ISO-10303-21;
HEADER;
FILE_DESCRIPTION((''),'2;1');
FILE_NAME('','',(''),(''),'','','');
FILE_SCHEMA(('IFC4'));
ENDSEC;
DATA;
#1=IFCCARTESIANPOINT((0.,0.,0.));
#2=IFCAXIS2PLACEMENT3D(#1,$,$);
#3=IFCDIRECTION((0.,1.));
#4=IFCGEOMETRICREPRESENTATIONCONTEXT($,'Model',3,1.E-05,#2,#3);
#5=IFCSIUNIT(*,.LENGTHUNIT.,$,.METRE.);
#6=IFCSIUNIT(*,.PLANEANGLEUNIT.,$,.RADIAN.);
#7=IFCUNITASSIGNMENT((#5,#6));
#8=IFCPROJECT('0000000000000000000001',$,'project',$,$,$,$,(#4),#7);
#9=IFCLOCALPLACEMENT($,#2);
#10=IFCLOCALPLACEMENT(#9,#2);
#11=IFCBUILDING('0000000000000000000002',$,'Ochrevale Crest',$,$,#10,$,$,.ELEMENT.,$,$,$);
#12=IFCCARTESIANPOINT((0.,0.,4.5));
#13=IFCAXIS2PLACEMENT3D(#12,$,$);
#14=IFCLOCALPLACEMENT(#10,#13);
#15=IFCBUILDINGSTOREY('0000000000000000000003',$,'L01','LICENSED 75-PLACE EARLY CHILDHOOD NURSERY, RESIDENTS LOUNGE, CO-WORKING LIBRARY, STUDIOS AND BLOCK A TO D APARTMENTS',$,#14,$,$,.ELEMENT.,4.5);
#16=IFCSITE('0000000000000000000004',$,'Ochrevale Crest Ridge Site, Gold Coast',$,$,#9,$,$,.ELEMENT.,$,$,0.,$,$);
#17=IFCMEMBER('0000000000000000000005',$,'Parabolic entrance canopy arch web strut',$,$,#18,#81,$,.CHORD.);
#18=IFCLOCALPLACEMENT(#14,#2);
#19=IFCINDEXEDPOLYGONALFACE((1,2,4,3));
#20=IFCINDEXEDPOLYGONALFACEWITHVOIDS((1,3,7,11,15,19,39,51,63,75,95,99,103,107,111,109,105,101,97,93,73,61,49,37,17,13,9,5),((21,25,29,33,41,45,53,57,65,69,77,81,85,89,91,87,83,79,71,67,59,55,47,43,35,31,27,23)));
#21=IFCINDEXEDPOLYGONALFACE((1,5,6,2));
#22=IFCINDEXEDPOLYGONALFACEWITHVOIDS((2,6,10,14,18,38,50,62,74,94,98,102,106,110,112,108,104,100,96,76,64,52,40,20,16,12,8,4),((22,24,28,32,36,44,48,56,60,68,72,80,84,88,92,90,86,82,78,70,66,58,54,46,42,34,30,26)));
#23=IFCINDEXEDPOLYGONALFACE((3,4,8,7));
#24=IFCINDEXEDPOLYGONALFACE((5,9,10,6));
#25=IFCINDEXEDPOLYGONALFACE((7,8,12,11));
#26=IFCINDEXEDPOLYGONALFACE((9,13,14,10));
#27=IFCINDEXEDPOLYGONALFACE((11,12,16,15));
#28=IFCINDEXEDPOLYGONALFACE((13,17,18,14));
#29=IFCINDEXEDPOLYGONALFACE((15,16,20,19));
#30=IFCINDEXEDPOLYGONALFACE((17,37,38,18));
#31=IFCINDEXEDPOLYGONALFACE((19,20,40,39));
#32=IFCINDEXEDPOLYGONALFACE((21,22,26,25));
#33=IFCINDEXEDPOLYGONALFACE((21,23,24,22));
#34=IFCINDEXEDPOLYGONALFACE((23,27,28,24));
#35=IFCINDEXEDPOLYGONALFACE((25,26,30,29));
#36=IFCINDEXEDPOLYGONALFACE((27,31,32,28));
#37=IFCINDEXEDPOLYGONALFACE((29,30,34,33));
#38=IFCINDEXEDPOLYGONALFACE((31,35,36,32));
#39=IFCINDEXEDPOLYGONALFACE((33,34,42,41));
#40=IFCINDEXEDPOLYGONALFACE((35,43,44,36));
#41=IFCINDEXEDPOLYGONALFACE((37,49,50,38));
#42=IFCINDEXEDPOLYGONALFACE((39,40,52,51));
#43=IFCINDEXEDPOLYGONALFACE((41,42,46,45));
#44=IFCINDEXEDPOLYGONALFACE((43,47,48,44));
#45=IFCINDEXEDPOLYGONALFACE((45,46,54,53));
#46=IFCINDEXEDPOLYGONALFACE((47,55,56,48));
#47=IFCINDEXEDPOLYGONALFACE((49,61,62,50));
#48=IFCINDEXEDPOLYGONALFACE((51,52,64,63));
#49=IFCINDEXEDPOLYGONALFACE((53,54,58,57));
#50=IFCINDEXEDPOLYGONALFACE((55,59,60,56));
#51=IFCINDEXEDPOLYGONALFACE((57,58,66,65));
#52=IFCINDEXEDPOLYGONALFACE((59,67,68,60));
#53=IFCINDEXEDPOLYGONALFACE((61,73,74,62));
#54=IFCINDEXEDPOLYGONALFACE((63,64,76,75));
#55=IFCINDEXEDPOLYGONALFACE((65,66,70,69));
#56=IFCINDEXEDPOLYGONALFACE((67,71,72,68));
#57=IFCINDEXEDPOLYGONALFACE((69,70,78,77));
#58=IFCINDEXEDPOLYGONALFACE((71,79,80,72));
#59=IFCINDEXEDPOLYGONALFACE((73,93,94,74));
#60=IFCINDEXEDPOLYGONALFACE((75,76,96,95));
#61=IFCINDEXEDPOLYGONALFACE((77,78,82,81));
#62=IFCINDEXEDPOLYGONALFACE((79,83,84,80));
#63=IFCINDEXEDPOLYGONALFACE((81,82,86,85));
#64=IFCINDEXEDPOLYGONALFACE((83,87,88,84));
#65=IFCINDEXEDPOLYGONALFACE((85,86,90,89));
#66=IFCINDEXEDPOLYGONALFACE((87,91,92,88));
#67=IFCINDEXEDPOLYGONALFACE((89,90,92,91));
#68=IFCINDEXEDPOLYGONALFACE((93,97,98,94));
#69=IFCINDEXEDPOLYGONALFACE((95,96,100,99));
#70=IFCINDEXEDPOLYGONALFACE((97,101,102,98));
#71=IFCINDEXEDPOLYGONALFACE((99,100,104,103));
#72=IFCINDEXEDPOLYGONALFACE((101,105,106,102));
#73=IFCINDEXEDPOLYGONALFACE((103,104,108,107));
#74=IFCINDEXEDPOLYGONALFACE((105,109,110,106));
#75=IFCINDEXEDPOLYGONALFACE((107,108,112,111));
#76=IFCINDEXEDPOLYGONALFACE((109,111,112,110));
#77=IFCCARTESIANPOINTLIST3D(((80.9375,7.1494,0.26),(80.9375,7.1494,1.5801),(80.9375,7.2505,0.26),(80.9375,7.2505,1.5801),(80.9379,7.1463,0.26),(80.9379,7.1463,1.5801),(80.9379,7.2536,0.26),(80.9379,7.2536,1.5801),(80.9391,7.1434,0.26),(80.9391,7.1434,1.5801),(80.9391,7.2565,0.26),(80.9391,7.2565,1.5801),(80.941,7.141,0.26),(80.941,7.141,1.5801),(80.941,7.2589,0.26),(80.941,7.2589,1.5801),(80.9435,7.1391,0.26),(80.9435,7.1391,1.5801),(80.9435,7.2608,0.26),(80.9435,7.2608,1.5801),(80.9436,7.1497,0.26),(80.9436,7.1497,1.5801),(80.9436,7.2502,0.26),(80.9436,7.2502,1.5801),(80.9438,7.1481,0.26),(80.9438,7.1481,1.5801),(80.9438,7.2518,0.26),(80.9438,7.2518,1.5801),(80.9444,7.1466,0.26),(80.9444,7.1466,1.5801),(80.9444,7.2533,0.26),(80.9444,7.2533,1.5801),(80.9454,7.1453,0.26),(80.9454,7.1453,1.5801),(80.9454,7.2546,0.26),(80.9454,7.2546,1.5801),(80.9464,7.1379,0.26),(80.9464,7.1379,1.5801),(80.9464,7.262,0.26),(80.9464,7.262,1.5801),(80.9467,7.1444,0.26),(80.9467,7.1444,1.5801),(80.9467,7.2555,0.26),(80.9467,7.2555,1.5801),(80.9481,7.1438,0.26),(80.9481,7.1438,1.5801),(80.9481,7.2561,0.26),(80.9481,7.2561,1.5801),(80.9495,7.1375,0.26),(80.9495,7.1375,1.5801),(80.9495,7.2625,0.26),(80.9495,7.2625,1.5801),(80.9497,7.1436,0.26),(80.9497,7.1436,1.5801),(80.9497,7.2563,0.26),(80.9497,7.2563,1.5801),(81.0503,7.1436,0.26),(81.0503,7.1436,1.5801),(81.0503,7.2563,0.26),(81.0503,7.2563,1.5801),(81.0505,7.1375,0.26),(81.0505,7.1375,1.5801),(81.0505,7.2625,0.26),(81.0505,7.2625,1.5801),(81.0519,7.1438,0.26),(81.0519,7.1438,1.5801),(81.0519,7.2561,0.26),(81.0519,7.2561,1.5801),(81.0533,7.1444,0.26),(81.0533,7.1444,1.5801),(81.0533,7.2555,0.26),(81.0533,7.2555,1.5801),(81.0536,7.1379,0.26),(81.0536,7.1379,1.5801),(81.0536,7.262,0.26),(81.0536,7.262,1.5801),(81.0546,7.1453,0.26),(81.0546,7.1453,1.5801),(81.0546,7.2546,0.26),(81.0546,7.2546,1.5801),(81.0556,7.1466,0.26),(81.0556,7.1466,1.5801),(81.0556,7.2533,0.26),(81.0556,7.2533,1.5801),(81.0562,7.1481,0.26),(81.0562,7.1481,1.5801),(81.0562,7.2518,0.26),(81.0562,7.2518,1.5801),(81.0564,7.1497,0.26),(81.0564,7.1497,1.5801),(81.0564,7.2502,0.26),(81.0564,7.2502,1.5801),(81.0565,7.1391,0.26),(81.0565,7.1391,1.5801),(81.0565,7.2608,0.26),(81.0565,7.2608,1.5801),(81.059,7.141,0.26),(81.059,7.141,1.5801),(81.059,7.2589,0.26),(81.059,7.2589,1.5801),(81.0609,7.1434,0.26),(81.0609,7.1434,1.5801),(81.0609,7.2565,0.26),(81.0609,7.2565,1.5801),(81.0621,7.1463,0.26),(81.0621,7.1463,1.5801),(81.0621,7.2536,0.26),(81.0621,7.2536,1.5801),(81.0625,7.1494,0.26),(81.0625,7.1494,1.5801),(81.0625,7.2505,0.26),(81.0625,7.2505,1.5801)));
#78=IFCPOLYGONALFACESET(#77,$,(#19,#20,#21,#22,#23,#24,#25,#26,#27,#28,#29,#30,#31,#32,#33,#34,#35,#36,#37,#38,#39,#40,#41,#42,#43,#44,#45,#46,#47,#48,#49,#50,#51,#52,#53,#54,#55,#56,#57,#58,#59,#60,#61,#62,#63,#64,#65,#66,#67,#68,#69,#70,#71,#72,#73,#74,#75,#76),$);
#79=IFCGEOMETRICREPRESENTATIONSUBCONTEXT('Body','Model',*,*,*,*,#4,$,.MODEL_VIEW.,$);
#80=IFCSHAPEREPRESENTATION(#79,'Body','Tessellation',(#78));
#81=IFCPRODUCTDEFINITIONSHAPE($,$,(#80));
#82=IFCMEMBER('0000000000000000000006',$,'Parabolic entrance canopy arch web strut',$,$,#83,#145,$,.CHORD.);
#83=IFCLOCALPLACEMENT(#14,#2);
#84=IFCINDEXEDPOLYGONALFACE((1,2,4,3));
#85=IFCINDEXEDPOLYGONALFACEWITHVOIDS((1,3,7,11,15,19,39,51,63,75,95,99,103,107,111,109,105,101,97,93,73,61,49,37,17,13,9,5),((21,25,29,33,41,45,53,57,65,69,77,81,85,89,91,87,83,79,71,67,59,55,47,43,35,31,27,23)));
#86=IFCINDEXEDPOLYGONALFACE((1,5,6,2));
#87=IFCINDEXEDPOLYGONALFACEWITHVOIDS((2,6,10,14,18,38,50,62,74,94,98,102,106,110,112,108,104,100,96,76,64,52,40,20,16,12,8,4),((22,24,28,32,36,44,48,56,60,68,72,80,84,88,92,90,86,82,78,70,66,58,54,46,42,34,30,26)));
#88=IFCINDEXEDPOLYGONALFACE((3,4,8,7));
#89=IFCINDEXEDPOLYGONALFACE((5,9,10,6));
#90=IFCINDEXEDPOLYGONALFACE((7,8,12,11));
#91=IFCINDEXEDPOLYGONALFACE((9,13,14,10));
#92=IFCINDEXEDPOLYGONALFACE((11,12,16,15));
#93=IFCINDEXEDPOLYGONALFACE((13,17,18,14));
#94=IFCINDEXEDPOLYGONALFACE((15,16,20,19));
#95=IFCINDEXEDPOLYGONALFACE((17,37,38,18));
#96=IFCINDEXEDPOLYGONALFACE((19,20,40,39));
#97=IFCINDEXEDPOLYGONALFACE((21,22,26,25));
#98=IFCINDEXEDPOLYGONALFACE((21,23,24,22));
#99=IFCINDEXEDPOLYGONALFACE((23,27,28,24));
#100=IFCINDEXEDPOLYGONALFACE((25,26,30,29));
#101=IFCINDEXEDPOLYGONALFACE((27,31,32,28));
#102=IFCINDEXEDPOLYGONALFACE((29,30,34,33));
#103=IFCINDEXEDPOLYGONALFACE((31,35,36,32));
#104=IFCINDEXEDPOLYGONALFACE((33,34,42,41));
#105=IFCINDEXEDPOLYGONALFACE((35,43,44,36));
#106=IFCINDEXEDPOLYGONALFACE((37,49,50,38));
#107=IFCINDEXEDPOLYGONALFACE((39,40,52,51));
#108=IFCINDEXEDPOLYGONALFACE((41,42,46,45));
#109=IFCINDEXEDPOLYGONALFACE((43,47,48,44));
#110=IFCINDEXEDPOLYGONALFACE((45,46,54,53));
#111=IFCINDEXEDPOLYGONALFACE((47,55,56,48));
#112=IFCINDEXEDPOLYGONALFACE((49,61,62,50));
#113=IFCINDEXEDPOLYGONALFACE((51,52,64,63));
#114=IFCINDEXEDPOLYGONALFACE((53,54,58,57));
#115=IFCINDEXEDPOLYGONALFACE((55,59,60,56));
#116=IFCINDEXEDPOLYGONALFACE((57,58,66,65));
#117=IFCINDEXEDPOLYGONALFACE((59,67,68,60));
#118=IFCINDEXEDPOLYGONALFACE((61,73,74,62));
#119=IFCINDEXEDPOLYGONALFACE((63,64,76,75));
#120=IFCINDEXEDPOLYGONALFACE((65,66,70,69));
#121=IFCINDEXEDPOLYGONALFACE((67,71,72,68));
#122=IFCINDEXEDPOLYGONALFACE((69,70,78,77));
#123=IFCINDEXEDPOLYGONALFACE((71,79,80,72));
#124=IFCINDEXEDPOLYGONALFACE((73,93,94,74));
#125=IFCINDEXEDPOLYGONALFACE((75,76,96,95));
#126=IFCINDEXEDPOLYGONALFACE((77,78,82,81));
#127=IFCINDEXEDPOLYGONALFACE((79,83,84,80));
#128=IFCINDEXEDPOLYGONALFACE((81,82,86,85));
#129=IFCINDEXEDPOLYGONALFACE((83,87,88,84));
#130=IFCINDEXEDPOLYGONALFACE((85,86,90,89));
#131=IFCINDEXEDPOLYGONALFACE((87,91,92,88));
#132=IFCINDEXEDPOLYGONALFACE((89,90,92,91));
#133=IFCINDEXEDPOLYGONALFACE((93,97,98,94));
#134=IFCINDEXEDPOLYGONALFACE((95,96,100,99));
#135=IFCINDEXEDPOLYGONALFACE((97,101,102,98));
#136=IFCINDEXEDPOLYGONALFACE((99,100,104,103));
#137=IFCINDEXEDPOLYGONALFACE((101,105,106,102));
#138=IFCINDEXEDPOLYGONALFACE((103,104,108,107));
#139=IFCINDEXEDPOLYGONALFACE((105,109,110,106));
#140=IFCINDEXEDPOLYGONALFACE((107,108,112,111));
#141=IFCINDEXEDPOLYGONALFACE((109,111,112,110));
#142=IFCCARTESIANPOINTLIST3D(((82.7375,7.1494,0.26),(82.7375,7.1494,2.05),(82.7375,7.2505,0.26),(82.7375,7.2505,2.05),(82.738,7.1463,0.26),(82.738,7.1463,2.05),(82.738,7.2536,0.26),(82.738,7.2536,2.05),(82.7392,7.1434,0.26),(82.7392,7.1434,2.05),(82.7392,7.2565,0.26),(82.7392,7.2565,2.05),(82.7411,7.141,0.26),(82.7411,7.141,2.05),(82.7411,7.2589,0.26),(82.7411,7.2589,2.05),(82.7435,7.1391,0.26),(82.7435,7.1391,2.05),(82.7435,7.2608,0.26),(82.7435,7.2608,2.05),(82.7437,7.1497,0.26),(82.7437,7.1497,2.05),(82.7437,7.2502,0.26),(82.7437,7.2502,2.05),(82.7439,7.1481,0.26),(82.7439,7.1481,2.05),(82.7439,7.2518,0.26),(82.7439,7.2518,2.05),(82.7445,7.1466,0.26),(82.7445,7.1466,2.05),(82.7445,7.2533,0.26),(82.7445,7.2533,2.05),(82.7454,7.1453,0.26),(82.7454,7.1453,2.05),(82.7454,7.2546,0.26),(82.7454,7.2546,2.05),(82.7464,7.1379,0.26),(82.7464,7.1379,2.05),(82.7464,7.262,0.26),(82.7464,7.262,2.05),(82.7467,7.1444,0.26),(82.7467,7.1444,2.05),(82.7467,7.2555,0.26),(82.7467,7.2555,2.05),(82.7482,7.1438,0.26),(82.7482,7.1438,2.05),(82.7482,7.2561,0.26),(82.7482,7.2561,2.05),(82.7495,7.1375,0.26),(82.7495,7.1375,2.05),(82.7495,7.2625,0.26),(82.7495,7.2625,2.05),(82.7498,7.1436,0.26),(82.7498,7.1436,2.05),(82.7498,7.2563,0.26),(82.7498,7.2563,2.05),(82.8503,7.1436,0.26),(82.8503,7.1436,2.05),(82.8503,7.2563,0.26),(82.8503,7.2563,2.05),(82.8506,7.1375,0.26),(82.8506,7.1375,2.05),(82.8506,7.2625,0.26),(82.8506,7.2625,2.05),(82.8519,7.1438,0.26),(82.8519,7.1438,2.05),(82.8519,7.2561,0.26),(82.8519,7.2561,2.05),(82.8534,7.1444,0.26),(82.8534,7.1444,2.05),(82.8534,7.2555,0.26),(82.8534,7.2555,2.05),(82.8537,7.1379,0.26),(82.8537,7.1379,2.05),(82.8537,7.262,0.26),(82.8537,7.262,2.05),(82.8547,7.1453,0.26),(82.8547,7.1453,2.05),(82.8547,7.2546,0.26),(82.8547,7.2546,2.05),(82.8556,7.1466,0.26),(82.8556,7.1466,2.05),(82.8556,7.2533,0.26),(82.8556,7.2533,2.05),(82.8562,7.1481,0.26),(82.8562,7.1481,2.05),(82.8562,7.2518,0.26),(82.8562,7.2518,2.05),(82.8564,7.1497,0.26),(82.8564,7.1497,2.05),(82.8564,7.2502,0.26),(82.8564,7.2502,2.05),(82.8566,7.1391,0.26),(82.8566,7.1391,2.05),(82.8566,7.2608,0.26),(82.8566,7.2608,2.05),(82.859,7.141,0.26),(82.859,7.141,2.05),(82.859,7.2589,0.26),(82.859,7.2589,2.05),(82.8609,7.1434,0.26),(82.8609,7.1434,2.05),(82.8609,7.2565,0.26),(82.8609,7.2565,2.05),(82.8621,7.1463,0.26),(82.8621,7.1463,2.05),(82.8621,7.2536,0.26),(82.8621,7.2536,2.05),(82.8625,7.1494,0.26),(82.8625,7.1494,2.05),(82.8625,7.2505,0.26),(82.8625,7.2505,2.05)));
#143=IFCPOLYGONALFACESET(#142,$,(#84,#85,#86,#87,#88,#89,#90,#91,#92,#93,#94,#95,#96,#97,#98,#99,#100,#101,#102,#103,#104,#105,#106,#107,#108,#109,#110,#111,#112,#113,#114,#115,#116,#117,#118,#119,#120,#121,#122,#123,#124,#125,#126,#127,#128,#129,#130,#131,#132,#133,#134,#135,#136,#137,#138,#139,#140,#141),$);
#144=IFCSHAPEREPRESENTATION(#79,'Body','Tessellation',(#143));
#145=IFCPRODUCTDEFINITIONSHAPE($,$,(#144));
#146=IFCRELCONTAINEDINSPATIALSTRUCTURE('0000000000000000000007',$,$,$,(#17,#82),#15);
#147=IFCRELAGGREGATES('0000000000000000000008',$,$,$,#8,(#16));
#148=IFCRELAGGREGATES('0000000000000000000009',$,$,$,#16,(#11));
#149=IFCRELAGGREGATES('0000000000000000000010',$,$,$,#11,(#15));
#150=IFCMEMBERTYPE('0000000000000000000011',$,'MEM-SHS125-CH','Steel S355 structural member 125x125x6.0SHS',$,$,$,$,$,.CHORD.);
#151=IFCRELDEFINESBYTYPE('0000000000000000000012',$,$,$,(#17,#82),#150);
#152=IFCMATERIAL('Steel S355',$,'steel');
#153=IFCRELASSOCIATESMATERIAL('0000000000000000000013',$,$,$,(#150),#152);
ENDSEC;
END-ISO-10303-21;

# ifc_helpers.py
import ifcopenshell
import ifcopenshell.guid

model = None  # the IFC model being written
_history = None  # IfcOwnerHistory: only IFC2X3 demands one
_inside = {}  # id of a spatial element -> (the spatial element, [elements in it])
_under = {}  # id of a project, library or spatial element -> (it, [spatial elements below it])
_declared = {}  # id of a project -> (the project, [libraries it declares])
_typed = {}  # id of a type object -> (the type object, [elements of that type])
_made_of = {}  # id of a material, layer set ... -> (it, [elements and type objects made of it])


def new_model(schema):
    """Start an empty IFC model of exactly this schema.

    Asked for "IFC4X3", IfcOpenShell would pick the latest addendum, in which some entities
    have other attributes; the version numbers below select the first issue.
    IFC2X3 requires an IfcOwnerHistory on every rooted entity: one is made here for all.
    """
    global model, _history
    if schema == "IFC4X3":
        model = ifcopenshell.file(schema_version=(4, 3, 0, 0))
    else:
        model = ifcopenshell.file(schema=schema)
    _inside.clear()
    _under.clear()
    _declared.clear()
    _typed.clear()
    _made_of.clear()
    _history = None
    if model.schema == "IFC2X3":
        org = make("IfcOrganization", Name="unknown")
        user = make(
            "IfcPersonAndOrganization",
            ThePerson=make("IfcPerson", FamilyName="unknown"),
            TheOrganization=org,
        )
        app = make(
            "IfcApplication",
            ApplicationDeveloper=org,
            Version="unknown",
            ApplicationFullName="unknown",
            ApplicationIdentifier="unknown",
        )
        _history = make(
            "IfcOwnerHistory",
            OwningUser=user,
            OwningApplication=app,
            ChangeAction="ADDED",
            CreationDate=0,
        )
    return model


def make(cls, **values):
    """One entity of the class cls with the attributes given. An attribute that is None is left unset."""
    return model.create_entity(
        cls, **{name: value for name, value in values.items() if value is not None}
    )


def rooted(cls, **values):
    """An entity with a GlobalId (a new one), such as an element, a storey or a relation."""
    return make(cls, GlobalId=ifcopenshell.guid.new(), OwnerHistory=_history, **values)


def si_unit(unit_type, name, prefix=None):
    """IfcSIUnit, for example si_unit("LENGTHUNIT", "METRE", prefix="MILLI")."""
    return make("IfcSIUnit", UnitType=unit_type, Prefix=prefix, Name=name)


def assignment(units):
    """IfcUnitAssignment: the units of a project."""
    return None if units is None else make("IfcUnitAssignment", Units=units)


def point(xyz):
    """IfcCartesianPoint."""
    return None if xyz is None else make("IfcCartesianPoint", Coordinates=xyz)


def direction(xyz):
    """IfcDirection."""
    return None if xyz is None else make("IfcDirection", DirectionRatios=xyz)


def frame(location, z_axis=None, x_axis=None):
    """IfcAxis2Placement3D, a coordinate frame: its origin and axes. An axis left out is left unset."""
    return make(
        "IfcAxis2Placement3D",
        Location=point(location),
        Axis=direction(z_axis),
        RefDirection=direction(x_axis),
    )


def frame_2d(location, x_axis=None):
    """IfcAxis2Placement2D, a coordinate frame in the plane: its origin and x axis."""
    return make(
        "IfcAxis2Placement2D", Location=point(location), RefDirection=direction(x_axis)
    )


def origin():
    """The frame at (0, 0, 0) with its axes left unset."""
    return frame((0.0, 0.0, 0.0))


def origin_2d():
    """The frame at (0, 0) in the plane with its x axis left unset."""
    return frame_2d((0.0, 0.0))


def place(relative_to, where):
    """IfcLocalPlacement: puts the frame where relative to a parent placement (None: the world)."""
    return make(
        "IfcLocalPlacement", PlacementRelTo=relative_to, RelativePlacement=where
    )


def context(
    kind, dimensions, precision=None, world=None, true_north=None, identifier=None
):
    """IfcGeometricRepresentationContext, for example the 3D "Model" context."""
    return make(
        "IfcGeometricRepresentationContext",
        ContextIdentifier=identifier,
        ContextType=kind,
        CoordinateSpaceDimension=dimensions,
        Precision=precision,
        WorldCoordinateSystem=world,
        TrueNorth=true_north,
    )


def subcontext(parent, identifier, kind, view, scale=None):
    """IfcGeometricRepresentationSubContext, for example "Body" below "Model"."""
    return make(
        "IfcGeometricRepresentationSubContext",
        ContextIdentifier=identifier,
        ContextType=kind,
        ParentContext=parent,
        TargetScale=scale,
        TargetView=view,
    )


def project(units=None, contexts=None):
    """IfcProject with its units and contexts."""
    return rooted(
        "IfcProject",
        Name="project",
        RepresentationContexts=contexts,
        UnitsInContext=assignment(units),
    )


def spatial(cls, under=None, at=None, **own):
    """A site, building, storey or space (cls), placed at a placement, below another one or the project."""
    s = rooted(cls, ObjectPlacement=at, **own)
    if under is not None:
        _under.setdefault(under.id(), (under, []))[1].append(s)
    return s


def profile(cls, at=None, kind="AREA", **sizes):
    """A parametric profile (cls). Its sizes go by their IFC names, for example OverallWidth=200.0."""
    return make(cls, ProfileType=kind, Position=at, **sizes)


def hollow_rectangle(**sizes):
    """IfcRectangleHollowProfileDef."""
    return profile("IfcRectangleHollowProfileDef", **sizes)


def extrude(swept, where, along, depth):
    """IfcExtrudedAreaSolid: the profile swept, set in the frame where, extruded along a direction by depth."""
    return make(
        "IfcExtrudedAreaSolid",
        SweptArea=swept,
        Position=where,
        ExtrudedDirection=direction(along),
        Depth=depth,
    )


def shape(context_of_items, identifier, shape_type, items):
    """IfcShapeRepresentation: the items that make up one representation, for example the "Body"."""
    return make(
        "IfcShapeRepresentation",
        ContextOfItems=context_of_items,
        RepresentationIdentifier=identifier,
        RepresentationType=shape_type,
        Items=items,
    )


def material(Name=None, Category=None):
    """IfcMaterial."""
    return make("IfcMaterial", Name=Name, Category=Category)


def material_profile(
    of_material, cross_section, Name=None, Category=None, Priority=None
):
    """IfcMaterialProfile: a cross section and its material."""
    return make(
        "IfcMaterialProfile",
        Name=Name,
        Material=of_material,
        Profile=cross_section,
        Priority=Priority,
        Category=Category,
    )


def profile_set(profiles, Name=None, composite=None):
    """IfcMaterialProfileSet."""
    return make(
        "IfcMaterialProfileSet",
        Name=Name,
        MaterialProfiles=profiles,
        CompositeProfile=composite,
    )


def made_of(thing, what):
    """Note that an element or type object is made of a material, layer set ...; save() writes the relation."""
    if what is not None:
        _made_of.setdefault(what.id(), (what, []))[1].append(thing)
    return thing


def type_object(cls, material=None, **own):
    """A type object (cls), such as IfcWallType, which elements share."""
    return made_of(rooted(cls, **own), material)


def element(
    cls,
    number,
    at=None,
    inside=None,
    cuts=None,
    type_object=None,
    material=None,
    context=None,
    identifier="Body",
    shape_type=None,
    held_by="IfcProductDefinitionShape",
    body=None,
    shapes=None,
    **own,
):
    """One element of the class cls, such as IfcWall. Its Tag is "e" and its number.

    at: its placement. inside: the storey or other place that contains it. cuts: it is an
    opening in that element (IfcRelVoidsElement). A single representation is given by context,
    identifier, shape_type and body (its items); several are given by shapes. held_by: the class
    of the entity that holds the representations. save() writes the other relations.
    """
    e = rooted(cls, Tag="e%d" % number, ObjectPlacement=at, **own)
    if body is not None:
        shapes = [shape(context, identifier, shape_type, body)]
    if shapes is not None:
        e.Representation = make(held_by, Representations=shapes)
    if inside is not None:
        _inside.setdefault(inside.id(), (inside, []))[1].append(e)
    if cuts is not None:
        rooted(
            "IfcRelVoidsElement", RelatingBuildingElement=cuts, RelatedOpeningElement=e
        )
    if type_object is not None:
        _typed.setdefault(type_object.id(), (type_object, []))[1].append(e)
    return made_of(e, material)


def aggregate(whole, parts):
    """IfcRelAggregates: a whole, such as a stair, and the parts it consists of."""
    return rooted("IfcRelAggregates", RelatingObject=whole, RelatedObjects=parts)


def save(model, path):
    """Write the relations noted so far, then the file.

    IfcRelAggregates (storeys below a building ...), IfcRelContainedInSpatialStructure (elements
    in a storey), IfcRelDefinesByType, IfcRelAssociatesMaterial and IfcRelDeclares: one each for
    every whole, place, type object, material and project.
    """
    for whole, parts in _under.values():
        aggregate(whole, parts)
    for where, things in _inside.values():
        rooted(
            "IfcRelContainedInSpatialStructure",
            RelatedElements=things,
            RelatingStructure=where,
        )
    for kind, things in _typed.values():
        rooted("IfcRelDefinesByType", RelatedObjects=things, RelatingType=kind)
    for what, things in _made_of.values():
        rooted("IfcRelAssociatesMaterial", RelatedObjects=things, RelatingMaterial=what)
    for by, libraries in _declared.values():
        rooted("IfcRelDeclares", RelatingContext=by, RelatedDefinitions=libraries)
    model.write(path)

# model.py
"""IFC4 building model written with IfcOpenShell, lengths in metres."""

from ifc_helpers import new_model, si_unit, direction, frame, origin, origin_2d, place, context, subcontext, project, spatial, hollow_rectangle, extrude, material, material_profile, profile_set, type_object, element, save


model = new_model("IFC4")

# Units and contexts
model_context = context("Model", 3, precision=1e-05, world=origin(), true_north=direction((0.0, 1.0)))
body_context = subcontext(model_context, "Body", "Model", "MODEL_VIEW")
ifc_project = project(units=[si_unit("LENGTHUNIT", "METRE"), si_unit("PLANEANGLEUNIT", "RADIAN")], contexts=[model_context])

# Site, building, storey
site_placement = place(None, origin())
site = spatial("IfcSite", under=ifc_project, at=site_placement, Name="Ochrevale Crest Ridge Site, Gold Coast", CompositionType="ELEMENT", RefElevation=0.0)
building_placement = place(site_placement, origin())
building = spatial("IfcBuilding", under=site, at=building_placement, Name="Ochrevale Crest", CompositionType="ELEMENT")
storey_placement = place(building_placement, frame((0.0, 0.0, 4.5)))
storey = spatial("IfcBuildingStorey", under=building, at=storey_placement, Name="L01", Description="LICENSED 75-PLACE EARLY CHILDHOOD NURSERY, RESIDENTS LOUNGE, CO-WORKING LIBRARY, STUDIOS AND BLOCK A TO D APARTMENTS", CompositionType="ELEMENT", Elevation=4.5)

# Shared definitions
ifc_material_1 = material(Name="Steel S355", Category="steel")

# Members
ifc_material_profile_1 = material_profile(ifc_material_1, hollow_rectangle(XDim=0.125, YDim=0.125, WallThickness=0.0061, InnerFilletRadius=0.0061, OuterFilletRadius=0.012, at=origin_2d()), Name="125x125x6.0SHS")
ifc_profile_set_1 = profile_set([ifc_material_profile_1], Name="Steel S355")
member_type = type_object("IfcMemberType", Name="MEM-SHS125-CH", Description="Steel S355 structural member 125x125x6.0SHS", PredefinedType="CHORD", material=ifc_profile_set_1)
member_1_placement = place(storey_placement, frame((81.0, 7.2, 0.26), z_axis=(0.0, 0.0, 1.0), x_axis=(1.0, 0.0, 0.0)))
element("IfcMember", 1, at=member_1_placement, inside=storey, type_object=member_type, Name="Parabolic entrance canopy arch web strut", PredefinedType="CHORD", context=body_context, shape_type="SweptSolid", body=[
    extrude(hollow_rectangle(XDim=0.125, YDim=0.125, WallThickness=0.0061, InnerFilletRadius=0.0061, OuterFilletRadius=0.012, at=origin_2d()), origin(), (0.0, 0.0, 1.0), 1.3201),
])
member_2_placement = place(storey_placement, frame((82.8, 7.2, 0.26), z_axis=(0.0, 0.0, 1.0), x_axis=(1.0, 0.0, 0.0)))
element("IfcMember", 2, at=member_2_placement, inside=storey, type_object=member_type, Name="Parabolic entrance canopy arch web strut", PredefinedType="CHORD", context=body_context, shape_type="SweptSolid", body=[
    extrude(hollow_rectangle(XDim=0.125, YDim=0.125, WallThickness=0.0061, InnerFilletRadius=0.0061, OuterFilletRadius=0.012, at=origin_2d()), origin(), (0.0, 0.0, 1.0), 1.79),
])

save(model, "model.ifc")
